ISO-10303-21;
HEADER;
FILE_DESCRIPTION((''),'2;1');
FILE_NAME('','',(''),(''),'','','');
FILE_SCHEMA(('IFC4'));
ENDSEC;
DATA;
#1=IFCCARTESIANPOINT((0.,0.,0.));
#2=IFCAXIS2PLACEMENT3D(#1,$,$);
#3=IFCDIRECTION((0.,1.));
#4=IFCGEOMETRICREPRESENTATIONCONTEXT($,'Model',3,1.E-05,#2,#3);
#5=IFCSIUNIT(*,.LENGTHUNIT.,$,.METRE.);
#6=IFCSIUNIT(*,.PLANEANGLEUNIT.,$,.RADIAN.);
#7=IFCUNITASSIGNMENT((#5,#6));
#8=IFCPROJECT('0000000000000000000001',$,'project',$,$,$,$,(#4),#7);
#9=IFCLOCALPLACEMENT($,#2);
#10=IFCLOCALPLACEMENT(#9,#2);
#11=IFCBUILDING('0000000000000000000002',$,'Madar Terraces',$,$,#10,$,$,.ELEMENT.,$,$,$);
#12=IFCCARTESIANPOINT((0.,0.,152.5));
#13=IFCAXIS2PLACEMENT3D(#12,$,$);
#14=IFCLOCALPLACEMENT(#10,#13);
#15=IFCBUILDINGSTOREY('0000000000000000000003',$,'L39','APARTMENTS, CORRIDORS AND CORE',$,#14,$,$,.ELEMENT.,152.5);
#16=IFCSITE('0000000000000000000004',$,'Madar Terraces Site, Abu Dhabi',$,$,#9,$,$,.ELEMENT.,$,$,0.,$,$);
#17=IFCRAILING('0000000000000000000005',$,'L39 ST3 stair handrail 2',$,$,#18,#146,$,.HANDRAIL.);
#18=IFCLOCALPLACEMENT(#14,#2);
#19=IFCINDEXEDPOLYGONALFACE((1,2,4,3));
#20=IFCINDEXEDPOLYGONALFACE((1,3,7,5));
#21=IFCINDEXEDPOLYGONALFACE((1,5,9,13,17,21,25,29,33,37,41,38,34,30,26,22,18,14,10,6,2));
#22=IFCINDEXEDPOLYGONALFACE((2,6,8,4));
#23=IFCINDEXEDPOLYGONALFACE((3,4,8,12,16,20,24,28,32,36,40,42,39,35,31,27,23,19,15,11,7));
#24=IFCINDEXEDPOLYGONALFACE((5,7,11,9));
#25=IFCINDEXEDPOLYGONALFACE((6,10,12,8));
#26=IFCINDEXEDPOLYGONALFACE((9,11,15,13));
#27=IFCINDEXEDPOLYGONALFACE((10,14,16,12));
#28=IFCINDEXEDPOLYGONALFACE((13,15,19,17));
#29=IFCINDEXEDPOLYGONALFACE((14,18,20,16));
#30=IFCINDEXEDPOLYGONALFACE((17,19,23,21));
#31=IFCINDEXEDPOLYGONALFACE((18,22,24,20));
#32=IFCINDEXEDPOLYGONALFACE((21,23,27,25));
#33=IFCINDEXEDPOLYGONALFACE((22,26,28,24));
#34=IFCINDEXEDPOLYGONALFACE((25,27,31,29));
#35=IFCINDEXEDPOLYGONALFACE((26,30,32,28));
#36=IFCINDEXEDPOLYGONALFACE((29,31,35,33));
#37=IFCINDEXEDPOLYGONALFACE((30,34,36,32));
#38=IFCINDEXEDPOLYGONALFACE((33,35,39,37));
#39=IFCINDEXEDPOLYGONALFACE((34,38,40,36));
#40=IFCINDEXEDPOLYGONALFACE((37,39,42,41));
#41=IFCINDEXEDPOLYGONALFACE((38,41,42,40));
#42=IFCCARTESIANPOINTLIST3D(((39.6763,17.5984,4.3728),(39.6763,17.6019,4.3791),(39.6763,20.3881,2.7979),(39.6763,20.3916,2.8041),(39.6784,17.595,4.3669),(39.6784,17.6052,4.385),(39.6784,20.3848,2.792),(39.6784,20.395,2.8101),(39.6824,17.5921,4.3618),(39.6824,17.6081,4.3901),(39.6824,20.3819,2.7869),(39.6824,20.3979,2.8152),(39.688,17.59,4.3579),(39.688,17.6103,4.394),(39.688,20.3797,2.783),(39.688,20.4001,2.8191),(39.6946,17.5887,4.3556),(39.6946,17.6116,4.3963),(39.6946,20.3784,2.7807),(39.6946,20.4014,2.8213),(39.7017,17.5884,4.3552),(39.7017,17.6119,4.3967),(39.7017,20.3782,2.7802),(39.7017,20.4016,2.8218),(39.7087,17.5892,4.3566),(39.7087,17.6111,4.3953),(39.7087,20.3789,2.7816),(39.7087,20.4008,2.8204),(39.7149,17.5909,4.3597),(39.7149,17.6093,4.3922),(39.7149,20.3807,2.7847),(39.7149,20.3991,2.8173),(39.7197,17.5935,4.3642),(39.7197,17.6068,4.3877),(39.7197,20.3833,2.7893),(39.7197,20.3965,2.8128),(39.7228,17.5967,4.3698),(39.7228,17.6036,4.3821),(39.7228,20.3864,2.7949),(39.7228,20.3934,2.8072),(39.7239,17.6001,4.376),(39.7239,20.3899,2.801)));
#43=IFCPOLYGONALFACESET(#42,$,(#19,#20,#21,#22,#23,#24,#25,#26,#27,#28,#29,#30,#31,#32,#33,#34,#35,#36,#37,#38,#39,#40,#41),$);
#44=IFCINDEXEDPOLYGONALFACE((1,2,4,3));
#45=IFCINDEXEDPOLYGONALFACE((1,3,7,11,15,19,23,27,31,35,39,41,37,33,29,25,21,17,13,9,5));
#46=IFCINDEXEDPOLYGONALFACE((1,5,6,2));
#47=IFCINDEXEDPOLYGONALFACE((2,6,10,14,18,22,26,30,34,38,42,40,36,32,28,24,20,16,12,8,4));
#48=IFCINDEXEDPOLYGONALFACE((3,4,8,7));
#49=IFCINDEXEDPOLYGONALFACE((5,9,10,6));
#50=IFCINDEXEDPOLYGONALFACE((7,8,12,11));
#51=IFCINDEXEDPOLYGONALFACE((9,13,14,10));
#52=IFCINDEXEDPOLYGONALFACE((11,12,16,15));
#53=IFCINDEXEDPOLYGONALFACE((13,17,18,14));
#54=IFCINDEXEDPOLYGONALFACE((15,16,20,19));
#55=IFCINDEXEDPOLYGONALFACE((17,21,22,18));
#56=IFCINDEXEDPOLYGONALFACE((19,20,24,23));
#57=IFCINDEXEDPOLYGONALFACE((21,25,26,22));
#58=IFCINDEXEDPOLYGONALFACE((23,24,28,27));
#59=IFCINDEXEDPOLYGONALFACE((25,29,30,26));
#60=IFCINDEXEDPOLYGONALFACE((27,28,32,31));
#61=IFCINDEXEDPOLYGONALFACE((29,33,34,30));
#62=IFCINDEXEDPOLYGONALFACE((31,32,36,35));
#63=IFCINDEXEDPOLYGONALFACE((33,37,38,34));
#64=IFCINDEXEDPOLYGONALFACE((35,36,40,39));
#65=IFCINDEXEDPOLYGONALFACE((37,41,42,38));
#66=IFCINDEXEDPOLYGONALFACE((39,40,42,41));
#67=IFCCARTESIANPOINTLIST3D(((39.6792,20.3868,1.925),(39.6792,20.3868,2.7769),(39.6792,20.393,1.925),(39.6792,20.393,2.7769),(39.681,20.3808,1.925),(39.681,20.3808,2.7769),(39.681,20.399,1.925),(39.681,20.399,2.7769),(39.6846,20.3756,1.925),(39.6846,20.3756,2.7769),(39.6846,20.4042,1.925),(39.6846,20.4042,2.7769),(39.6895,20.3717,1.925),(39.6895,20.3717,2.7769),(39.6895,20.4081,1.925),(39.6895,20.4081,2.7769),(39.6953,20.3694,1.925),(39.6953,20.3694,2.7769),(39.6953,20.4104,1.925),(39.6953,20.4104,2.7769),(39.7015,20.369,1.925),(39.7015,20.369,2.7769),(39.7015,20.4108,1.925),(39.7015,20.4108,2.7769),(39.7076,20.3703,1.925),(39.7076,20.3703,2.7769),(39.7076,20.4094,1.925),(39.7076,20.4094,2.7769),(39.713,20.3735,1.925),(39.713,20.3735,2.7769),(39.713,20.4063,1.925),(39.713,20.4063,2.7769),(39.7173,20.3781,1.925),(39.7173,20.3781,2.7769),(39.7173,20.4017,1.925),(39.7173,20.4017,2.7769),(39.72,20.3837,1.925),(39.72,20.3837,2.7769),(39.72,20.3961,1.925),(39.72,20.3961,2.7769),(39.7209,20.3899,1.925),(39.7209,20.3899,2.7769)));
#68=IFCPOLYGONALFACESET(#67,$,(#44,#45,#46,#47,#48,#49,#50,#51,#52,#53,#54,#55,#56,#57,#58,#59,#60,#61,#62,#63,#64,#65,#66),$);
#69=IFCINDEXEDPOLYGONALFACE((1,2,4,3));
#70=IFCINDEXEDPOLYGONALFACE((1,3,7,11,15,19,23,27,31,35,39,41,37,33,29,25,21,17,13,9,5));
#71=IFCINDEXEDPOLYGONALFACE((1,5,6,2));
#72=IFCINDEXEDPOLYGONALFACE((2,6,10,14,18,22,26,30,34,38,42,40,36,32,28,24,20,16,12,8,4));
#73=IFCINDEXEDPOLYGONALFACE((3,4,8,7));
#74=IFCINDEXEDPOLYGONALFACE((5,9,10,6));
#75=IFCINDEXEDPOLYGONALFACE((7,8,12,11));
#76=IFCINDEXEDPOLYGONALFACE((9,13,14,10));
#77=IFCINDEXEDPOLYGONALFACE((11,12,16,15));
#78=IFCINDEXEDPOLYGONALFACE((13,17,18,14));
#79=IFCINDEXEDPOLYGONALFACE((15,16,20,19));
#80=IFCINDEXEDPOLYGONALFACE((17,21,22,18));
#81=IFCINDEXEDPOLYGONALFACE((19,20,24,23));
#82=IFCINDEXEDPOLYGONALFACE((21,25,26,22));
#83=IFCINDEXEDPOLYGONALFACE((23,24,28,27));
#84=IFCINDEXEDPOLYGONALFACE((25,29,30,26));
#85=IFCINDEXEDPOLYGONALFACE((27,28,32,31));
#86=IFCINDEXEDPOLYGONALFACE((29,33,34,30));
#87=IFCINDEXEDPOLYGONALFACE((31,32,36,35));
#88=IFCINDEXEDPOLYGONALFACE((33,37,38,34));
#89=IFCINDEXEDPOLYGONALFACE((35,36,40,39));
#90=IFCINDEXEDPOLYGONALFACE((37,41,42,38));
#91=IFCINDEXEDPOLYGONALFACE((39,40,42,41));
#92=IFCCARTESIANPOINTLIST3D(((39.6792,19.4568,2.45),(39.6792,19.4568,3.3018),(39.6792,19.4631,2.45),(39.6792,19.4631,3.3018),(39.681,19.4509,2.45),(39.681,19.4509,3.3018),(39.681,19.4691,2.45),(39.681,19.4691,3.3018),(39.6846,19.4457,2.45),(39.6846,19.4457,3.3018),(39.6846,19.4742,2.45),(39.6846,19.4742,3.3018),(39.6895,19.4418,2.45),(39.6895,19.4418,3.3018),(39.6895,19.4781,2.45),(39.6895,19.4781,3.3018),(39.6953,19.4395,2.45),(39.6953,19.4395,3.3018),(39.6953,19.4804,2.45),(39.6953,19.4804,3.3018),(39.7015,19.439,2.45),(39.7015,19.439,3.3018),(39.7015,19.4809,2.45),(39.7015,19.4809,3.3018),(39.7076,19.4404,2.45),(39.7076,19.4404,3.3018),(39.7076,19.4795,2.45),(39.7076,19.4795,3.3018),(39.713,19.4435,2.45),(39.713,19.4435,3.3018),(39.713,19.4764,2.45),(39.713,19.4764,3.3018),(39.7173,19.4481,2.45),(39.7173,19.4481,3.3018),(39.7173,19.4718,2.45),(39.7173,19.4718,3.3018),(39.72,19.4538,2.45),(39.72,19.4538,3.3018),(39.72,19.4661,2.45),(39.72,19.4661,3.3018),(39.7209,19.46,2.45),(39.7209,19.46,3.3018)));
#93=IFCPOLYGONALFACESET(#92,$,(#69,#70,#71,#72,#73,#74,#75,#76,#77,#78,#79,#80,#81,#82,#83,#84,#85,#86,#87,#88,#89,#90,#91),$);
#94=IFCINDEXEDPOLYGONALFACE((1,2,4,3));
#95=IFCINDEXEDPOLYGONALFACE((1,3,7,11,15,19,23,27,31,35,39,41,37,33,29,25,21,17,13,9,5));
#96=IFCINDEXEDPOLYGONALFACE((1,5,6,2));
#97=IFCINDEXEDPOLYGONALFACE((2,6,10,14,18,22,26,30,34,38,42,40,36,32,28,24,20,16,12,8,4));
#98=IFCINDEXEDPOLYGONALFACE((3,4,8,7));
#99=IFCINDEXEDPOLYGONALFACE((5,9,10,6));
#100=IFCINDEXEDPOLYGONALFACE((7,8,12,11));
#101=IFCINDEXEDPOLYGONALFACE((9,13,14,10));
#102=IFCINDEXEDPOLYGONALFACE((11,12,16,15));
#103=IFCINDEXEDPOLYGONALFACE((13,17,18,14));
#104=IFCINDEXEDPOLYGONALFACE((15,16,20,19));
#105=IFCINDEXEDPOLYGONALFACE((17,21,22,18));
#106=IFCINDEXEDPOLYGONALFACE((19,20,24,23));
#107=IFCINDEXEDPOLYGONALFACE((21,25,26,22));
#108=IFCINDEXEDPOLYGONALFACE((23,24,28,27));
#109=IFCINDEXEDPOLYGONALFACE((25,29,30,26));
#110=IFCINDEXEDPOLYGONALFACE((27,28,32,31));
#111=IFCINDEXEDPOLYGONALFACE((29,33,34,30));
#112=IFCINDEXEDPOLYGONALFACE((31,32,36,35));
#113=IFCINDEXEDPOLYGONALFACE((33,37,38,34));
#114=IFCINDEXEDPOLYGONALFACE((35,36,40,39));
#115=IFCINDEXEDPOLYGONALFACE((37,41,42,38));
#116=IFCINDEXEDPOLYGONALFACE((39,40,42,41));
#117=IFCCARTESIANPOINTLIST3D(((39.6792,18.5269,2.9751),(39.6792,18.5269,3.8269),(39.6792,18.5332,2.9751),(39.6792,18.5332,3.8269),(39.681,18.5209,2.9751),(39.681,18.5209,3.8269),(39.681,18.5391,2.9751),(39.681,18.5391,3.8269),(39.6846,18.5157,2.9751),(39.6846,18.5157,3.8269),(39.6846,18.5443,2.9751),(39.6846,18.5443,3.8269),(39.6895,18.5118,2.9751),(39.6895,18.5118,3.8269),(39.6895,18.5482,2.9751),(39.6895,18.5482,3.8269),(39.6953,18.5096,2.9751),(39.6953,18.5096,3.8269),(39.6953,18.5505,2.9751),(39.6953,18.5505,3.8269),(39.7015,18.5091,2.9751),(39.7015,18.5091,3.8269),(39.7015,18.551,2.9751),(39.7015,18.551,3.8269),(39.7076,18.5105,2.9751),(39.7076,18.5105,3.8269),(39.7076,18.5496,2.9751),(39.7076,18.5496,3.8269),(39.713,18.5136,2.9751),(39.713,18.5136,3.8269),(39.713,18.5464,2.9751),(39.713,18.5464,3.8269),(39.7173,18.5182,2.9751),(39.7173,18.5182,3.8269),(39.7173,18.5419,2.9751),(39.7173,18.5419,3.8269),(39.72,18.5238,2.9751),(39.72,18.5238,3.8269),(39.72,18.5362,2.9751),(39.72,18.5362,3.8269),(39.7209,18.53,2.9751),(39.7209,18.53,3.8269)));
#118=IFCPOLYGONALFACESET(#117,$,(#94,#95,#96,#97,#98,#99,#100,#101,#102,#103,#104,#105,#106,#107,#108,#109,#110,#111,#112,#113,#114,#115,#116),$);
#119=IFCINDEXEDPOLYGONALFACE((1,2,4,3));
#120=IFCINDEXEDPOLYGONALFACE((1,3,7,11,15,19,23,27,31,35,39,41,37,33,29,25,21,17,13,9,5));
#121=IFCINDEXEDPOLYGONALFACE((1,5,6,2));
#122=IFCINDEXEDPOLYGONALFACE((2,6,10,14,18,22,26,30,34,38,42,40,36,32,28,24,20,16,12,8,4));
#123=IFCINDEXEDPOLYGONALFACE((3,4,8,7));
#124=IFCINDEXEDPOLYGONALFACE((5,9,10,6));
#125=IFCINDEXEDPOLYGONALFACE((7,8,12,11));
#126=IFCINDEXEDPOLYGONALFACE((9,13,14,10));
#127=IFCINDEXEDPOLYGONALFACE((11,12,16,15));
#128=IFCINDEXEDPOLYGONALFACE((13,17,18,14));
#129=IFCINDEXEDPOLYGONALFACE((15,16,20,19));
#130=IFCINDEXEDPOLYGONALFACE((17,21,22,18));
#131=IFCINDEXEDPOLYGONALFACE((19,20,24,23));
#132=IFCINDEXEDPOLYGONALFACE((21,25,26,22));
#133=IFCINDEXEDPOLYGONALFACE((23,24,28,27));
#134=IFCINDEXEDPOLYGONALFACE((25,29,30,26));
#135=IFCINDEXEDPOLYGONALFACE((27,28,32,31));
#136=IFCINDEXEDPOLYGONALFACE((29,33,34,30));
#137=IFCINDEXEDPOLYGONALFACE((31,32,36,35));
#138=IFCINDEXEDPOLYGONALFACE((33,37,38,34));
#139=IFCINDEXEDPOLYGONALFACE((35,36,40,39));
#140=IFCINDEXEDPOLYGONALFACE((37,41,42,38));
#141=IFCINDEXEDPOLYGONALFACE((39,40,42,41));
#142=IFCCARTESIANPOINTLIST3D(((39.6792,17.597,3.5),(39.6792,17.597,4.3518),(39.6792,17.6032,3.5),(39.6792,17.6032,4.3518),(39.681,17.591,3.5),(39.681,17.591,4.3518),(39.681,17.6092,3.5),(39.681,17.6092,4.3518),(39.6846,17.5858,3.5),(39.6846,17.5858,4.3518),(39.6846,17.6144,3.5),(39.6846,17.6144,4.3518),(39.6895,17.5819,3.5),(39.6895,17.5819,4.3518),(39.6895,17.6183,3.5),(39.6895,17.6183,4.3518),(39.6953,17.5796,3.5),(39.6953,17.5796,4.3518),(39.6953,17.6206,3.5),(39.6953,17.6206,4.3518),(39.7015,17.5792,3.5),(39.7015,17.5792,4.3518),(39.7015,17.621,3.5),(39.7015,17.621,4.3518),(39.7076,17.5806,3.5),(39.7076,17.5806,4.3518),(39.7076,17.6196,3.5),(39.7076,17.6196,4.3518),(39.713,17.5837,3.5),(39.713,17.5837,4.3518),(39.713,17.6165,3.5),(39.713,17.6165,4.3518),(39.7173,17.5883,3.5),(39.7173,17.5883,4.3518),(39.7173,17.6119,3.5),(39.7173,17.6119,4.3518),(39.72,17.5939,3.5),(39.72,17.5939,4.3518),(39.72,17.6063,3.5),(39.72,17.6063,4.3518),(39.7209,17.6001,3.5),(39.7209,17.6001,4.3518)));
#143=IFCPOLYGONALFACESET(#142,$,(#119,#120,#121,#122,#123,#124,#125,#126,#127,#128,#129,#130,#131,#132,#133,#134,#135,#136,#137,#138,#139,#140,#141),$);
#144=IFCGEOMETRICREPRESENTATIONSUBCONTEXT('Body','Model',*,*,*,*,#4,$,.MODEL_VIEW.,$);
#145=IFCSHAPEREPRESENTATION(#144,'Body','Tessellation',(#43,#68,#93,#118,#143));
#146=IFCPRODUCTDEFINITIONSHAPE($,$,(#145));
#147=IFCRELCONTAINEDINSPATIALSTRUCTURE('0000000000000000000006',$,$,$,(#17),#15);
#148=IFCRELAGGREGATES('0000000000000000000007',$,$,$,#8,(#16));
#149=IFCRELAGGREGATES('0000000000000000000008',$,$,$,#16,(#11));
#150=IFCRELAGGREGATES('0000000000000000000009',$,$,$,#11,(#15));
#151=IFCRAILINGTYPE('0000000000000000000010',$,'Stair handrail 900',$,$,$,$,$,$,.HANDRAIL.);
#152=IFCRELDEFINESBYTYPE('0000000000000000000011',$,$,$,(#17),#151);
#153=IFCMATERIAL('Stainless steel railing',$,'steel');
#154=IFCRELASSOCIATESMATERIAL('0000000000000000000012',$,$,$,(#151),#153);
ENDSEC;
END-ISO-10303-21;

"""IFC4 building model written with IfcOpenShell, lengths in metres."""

from ifc_helpers import new_model, si_unit, direction, frame, origin, origin_2d, place, context, subcontext, project, spatial, circle, extrude, material, type_object, element, save


model = new_model("IFC4")

# Units and contexts
model_context = context("Model", 3, precision=1e-05, world=origin(), true_north=direction((0.0, 1.0)))
body_context = subcontext(model_context, "Body", "Model", "MODEL_VIEW")
ifc_project = project(units=[si_unit("LENGTHUNIT", "METRE"), si_unit("PLANEANGLEUNIT", "RADIAN")], contexts=[model_context])

# Site, building, storey
site_placement = place(None, origin())
site = spatial("IfcSite", under=ifc_project, at=site_placement, Name="Madar Terraces Site, Abu Dhabi", CompositionType="ELEMENT", RefElevation=0.0)
building_placement = place(site_placement, origin())
building = spatial("IfcBuilding", under=site, at=building_placement, Name="Madar Terraces", CompositionType="ELEMENT")
storey_placement = place(building_placement, frame((0.0, 0.0, 152.5)))
storey = spatial("IfcBuildingStorey", under=building, at=storey_placement, Name="L39", Description="APARTMENTS, CORRIDORS AND CORE", CompositionType="ELEMENT", Elevation=152.5)

# Railing
ifc_material_1 = material(Name="Stainless steel railing", Category="steel")
railing_type_1 = type_object("IfcRailingType", Name="Stair handrail 900", PredefinedType="HANDRAIL", material=ifc_material_1)
railing_1_placement = place(storey_placement, frame((39.7, 20.3899, 1.925)))
element("IfcRailing", 1, at=railing_1_placement, inside=storey, type_object=railing_type_1, Name="L39 ST3 stair handrail 2", PredefinedType="HANDRAIL", context=body_context, shape_type="SweptSolid", body=[
    extrude(circle(Radius=0.0239, at=origin_2d()), frame((0.0, 0.0, 0.876), z_axis=(0.0, -0.870815, 0.49161), x_axis=(1.0, 0.0, 0.0)), (0.0, 0.0, 1.0), 3.2036),
    extrude(circle(Radius=0.021, at=origin_2d()), origin(), (0.0, 0.0, 1.0), 0.8518),
    extrude(circle(Radius=0.021, at=origin_2d()), frame((0.0, -0.9299, 0.5249)), (0.0, 0.0, 1.0), 0.8518),
    extrude(circle(Radius=0.021, at=origin_2d()), frame((0.0, -1.8599, 1.05)), (0.0, 0.0, 1.0), 0.8518),
    extrude(circle(Radius=0.021, at=origin_2d()), frame((0.0, -2.7898, 1.575)), (0.0, 0.0, 1.0), 0.8518),
])

save(model, "model.ifc")
